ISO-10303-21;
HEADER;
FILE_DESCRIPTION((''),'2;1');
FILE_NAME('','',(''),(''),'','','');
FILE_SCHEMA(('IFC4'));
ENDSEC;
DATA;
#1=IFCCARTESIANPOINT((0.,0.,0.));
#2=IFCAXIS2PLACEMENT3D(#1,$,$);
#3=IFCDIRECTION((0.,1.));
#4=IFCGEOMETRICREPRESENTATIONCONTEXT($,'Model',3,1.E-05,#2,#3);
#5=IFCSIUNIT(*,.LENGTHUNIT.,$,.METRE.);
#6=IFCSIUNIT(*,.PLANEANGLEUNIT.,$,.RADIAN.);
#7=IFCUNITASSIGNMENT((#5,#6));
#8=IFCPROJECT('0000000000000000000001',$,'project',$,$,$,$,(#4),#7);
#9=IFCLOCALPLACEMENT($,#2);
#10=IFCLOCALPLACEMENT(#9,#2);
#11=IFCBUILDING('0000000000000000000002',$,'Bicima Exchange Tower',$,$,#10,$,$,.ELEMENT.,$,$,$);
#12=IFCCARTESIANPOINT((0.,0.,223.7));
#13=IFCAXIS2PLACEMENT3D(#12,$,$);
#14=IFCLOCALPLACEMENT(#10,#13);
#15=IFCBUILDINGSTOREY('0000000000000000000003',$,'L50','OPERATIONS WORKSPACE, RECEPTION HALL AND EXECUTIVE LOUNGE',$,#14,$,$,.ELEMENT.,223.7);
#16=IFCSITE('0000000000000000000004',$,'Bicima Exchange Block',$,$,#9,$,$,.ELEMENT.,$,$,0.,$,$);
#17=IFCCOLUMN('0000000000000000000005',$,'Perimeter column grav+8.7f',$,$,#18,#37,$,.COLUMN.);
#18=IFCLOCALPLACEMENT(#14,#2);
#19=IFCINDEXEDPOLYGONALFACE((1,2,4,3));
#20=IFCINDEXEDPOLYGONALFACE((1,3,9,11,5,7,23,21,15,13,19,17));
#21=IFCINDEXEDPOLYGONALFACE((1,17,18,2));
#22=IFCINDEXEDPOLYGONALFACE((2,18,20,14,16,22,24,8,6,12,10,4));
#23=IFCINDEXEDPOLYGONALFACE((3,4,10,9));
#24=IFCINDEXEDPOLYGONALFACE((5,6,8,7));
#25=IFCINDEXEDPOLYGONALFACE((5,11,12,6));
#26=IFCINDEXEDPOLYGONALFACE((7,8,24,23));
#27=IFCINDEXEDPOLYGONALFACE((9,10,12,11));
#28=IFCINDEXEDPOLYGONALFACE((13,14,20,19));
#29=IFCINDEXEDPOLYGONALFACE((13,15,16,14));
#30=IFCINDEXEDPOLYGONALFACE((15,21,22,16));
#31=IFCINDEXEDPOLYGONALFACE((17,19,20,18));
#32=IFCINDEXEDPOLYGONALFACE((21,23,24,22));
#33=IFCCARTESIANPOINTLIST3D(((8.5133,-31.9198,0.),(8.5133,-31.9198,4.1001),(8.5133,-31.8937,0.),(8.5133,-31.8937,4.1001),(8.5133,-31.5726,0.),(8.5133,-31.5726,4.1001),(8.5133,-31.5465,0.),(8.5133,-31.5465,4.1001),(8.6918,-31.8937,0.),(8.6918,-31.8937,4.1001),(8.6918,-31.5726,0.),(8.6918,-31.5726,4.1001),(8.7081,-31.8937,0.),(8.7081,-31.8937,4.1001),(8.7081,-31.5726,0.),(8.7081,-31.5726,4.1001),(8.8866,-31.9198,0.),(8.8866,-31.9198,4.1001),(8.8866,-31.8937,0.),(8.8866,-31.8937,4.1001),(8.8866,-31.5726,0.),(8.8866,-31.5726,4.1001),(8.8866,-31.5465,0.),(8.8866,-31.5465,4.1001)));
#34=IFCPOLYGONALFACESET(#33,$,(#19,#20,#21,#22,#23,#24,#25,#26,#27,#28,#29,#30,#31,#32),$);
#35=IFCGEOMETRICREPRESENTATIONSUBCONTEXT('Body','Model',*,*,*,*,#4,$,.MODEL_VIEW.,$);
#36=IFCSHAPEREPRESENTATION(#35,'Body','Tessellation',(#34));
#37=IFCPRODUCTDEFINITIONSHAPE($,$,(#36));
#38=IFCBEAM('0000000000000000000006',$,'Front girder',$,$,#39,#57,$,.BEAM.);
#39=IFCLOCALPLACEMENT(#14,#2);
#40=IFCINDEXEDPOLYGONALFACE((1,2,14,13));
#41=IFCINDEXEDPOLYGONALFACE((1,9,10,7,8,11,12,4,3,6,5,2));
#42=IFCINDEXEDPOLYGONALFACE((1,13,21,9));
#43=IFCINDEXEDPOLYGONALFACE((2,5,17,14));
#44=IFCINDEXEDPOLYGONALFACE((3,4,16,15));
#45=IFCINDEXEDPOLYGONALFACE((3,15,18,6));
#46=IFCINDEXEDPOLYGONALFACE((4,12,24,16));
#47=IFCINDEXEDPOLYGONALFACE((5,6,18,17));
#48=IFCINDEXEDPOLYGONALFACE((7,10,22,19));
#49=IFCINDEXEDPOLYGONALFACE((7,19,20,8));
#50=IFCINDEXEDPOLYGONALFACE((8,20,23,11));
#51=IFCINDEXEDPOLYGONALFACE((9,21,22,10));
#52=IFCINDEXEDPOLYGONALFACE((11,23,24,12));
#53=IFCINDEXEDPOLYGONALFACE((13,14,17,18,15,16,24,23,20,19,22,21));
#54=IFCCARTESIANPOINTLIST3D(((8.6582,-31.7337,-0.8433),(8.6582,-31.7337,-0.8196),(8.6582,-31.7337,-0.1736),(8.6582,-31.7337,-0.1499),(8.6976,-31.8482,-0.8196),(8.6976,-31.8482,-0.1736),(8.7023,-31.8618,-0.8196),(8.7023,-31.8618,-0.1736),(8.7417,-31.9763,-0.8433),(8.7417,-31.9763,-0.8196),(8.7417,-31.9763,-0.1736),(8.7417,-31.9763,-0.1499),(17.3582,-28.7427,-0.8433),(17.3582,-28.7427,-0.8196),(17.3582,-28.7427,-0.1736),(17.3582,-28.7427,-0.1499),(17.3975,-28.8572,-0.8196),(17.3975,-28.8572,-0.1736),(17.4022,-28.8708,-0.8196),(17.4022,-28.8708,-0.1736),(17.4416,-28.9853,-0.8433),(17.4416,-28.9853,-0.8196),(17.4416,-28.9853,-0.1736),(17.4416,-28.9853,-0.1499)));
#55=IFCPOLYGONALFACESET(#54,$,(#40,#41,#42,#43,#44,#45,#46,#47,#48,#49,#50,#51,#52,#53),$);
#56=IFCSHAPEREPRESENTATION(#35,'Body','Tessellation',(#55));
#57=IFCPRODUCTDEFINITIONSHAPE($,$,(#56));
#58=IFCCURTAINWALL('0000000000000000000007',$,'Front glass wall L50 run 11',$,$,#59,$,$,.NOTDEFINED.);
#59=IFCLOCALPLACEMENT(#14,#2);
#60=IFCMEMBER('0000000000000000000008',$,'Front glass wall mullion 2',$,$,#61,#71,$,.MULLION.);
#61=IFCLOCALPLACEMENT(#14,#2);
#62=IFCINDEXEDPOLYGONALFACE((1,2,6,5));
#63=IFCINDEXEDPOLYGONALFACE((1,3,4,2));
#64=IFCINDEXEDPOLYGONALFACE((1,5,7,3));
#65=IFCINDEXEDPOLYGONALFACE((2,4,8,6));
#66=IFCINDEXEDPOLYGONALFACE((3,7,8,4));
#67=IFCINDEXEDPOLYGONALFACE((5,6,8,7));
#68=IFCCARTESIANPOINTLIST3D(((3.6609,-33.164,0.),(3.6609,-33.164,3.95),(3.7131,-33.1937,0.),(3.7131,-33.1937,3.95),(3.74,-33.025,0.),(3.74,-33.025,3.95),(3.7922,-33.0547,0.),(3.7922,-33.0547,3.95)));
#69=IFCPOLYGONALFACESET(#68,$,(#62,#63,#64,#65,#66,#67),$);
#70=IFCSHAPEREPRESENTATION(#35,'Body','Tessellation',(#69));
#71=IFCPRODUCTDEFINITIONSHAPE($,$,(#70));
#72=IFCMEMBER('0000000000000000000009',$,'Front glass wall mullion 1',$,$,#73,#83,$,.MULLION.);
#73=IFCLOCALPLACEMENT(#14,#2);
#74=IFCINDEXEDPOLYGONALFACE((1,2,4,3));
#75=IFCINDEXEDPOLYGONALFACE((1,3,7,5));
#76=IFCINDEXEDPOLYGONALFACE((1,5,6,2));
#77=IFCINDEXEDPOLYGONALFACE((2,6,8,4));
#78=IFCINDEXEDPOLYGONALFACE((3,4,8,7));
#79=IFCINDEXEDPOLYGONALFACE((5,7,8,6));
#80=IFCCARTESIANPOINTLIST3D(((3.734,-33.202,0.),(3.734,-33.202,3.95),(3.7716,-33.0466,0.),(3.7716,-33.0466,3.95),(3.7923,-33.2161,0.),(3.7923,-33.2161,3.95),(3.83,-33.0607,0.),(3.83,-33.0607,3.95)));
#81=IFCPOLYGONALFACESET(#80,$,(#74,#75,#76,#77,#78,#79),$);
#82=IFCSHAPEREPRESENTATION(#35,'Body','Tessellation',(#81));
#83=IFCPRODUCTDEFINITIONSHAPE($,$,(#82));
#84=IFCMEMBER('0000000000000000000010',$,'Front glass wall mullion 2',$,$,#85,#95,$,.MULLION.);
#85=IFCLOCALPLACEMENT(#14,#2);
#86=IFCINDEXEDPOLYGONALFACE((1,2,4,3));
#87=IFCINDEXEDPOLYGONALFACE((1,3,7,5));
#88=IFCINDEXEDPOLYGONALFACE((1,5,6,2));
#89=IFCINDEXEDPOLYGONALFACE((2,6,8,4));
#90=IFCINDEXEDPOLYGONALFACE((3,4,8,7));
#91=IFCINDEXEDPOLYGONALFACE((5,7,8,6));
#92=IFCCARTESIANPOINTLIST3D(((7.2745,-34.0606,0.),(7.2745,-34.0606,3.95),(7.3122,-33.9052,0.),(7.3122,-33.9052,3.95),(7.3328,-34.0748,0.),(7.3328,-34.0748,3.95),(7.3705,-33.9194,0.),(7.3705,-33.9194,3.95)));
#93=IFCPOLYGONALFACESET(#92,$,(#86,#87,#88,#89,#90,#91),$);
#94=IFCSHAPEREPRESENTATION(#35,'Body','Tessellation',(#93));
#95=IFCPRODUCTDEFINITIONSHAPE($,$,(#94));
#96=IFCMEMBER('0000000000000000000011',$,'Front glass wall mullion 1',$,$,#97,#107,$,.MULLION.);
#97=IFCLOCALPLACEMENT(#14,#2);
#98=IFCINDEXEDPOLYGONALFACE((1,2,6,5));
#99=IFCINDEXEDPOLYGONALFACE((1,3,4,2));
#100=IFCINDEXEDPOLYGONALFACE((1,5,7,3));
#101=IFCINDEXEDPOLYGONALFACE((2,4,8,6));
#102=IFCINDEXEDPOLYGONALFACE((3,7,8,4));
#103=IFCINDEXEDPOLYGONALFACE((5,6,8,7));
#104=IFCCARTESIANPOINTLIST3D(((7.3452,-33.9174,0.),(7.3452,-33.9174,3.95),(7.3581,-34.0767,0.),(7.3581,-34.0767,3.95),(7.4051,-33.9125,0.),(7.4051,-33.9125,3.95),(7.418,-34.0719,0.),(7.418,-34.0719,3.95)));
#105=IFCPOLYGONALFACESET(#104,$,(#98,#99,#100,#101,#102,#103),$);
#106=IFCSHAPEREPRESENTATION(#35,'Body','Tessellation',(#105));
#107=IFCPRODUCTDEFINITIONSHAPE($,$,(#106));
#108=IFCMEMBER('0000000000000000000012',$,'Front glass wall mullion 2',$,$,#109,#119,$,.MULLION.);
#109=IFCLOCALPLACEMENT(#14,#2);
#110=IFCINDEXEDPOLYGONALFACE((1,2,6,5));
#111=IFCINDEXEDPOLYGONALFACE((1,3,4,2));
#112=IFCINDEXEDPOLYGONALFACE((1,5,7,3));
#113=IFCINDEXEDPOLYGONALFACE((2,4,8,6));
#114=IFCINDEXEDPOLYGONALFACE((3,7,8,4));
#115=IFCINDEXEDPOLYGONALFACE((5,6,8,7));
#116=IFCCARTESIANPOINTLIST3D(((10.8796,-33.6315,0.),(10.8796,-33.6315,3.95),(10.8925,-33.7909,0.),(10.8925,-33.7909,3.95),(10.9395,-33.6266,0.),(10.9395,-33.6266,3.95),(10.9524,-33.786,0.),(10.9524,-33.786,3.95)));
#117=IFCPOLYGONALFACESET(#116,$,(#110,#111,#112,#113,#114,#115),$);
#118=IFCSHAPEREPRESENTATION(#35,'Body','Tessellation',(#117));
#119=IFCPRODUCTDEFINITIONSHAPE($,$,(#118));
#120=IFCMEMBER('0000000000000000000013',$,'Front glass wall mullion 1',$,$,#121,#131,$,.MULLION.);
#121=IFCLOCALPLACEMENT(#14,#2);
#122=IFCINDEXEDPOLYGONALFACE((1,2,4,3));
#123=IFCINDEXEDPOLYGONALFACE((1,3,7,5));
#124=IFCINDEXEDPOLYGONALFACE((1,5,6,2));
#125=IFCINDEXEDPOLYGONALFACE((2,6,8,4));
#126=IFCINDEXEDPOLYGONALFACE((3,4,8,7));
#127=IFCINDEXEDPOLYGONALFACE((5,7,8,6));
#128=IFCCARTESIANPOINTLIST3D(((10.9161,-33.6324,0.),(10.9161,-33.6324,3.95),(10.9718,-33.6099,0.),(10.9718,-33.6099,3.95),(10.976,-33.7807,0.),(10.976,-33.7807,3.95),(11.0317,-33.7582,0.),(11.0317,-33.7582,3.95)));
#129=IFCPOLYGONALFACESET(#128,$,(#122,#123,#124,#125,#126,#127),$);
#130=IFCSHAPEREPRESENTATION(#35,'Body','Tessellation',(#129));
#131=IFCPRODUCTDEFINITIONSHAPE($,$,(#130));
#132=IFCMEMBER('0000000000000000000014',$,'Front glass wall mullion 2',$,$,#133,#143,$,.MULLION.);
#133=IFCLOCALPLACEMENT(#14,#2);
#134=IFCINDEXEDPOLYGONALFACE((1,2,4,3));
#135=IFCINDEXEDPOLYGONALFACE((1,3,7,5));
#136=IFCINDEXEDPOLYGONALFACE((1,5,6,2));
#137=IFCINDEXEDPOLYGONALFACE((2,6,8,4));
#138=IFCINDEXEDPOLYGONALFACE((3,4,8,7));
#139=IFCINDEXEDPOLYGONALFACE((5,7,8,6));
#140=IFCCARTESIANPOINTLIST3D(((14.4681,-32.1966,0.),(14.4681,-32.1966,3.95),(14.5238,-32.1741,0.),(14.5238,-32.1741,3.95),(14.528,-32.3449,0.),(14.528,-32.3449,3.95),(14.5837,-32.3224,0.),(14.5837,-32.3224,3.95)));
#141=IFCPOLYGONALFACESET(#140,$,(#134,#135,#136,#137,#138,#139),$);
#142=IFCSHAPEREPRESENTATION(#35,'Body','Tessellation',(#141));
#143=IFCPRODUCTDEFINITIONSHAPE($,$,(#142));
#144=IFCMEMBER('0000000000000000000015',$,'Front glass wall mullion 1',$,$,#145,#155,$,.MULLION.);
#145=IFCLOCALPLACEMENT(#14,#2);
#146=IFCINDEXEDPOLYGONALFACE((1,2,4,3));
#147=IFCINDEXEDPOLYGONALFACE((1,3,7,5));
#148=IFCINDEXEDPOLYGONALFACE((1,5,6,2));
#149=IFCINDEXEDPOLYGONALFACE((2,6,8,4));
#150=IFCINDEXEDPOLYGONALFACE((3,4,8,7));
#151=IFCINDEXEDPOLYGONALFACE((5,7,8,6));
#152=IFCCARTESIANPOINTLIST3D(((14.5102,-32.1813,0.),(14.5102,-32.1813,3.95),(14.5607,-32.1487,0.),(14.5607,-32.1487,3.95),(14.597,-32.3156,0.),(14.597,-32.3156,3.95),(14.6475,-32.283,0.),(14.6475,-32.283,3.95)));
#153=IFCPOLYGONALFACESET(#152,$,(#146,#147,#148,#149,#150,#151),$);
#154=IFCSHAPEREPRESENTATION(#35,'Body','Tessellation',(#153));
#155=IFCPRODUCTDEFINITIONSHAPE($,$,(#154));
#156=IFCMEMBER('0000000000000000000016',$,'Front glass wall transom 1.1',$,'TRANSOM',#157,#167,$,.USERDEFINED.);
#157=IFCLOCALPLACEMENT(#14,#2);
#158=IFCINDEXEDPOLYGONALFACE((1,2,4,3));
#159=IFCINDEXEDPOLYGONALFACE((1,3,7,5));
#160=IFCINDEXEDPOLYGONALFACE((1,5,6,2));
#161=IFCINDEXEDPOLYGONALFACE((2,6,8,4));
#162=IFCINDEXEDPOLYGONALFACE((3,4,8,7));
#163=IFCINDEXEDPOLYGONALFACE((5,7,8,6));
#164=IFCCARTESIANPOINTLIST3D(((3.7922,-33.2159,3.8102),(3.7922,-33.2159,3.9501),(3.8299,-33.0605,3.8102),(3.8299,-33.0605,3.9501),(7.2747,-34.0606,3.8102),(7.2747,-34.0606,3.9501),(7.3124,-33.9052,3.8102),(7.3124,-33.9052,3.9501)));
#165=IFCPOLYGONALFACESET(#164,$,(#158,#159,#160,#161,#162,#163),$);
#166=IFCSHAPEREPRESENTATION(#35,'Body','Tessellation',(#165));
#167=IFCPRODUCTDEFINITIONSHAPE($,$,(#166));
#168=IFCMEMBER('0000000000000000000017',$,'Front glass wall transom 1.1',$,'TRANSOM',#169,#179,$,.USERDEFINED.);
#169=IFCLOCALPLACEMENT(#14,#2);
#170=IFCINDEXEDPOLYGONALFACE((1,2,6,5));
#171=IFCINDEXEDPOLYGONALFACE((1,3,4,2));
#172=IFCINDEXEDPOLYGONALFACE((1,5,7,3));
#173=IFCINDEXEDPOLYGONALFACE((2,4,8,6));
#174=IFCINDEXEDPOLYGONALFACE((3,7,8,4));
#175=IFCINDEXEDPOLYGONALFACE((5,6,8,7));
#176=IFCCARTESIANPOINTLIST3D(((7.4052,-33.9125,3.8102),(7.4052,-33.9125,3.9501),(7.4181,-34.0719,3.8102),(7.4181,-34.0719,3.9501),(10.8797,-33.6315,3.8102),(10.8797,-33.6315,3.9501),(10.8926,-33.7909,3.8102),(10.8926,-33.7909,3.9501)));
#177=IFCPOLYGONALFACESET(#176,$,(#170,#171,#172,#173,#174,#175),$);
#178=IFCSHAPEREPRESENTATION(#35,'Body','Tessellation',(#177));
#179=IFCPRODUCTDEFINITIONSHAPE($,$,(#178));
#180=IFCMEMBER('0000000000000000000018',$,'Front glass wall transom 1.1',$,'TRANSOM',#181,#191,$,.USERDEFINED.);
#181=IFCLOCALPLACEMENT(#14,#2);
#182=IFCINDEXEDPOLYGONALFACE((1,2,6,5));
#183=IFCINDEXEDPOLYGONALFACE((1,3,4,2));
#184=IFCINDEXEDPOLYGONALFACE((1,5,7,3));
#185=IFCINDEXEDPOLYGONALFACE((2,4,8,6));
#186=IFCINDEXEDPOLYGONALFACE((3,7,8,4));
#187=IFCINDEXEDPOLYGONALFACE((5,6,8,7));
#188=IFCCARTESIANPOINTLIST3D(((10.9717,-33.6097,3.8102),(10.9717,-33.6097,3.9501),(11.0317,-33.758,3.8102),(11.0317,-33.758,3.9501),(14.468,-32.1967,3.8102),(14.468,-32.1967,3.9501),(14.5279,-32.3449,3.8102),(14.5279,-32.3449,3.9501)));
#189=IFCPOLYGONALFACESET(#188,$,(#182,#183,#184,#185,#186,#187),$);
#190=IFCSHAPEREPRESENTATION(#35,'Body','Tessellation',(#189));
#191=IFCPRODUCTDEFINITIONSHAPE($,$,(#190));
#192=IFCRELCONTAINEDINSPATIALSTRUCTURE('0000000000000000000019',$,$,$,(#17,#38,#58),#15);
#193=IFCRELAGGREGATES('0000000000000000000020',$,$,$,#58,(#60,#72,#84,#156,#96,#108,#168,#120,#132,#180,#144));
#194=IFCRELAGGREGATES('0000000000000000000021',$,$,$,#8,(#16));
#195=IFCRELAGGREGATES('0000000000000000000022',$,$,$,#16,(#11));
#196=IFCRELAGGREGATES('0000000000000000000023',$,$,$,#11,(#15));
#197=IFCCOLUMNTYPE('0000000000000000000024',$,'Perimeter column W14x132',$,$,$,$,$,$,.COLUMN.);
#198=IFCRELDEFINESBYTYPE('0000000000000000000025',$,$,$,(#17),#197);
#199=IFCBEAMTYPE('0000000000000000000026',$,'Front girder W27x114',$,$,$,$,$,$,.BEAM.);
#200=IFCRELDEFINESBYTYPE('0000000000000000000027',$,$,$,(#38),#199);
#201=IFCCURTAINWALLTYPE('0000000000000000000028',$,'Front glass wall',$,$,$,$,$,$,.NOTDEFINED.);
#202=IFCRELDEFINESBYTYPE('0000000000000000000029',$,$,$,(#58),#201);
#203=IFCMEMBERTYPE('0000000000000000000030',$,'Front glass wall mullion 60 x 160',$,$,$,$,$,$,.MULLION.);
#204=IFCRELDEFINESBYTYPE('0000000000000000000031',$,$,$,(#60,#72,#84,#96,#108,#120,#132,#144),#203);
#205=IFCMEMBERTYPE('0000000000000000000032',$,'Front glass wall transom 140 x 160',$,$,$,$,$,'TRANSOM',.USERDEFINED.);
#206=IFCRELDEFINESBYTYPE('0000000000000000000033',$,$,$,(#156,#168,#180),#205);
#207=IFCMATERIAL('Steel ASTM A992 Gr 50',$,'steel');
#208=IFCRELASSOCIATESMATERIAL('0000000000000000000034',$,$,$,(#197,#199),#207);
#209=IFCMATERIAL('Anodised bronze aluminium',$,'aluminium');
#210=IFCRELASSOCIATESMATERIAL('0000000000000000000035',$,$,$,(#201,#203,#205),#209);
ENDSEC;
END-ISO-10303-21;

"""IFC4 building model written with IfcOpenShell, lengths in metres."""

from ifc_helpers import new_model, si_unit, direction, frame, origin, origin_2d, place, context, subcontext, project, spatial, rectangle, i_section, extrude, material, material_profile, profile_set, type_object, element, aggregate, save


model = new_model("IFC4")

# Units and contexts
model_context = context("Model", 3, precision=1e-05, world=origin(), true_north=direction((0.0, 1.0)))
body_context = subcontext(model_context, "Body", "Model", "MODEL_VIEW")
ifc_project = project(units=[si_unit("LENGTHUNIT", "METRE"), si_unit("PLANEANGLEUNIT", "RADIAN")], contexts=[model_context])

# Site, building, storey
site_placement = place(None, origin())
site = spatial("IfcSite", under=ifc_project, at=site_placement, Name="Bicima Exchange Block", CompositionType="ELEMENT", RefElevation=0.0)
building_placement = place(site_placement, origin())
building = spatial("IfcBuilding", under=site, at=building_placement, Name="Bicima Exchange Tower", CompositionType="ELEMENT")
storey_placement = place(building_placement, frame((0.0, 0.0, 223.7)))
storey = spatial("IfcBuildingStorey", under=building, at=storey_placement, Name="L50", Description="OPERATIONS WORKSPACE, RECEPTION HALL AND EXECUTIVE LOUNGE", CompositionType="ELEMENT", Elevation=223.7)

# Column
ifc_material_1 = material(Name="Steel ASTM A992 Gr 50", Category="steel")
ifc_material_profile_1 = material_profile(ifc_material_1, i_section(OverallWidth=0.3733, OverallDepth=0.3733, WebThickness=0.0164, FlangeThickness=0.0261, at=origin_2d()))
ifc_profile_set_1 = profile_set([ifc_material_profile_1], Name="Steel ASTM A992 Gr 50")
column_type = type_object("IfcColumnType", Name="Perimeter column W14x132", PredefinedType="COLUMN", material=ifc_profile_set_1)
column_placement = place(storey_placement, frame((8.7, -31.7332, 0.0), z_axis=(0.0, 0.0, 1.0), x_axis=(1.0, 0.0, 0.0)))
element("IfcColumn", 1, at=column_placement, inside=storey, type_object=column_type, Name="Perimeter column grav+8.7f", PredefinedType="COLUMN", context=body_context, shape_type="SweptSolid", body=[
    extrude(i_section(OverallWidth=0.3733, OverallDepth=0.3733, WebThickness=0.0164, FlangeThickness=0.0261, at=origin_2d()), origin(), (0.0, 0.0, 1.0), 4.1001),
])

# Beam
ifc_material_profile_2 = material_profile(ifc_material_1, i_section(OverallWidth=0.2566, OverallDepth=0.6934, WebThickness=0.0144, FlangeThickness=0.0237, at=origin_2d()))
ifc_profile_set_2 = profile_set([ifc_material_profile_2], Name="Steel ASTM A992 Gr 50")
beam_type = type_object("IfcBeamType", Name="Front girder W27x114", PredefinedType="BEAM", material=ifc_profile_set_2)
beam_placement = place(storey_placement, frame((8.7, -31.855, -0.4966), z_axis=(0.945675, 0.325115, 0.0), x_axis=(-0.325115, 0.945675, 0.0)))
element("IfcBeam", 2, at=beam_placement, inside=storey, type_object=beam_type, Name="Front girder", PredefinedType="BEAM", context=body_context, shape_type="SweptSolid", body=[
    extrude(i_section(OverallWidth=0.2566, OverallDepth=0.6934, WebThickness=0.0144, FlangeThickness=0.0237, at=origin_2d()), origin(), (0.0, 0.0, 1.0), 9.1997),
])

# Curtain wall, members
ifc_material_2 = material(Name="Anodised bronze aluminium", Category="aluminium")
curtain_wall_type = type_object("IfcCurtainWallType", Name="Front glass wall", PredefinedType="NOTDEFINED", material=ifc_material_2)
curtain_wall_placement = place(storey_placement, origin())
curtain_wall = element("IfcCurtainWall", 3, at=curtain_wall_placement, inside=storey, type_object=curtain_wall_type, Name="Front glass wall L50 run 11", PredefinedType="NOTDEFINED")
ifc_material_profile_3 = material_profile(ifc_material_2, rectangle(XDim=0.1599, YDim=0.0601, at=origin_2d()))
ifc_profile_set_3 = profile_set([ifc_material_profile_3], Name="Anodised bronze aluminium")
member_type_1 = type_object("IfcMemberType", Name="Front glass wall mullion 60 x 160", PredefinedType="MULLION", material=ifc_profile_set_3)
member_1_placement = place(storey_placement, frame((3.7266, -33.1094, 0.0), z_axis=(0.0, 0.0, 1.0), x_axis=(0.49433, 0.869274, 0.0)))
member_1 = element("IfcMember", 4, at=member_1_placement, type_object=member_type_1, Name="Front glass wall mullion 2", PredefinedType="MULLION", context=body_context, shape_type="SweptSolid", body=[
    extrude(rectangle(XDim=0.1599, YDim=0.0601, at=origin_2d()), origin(), (0.0, 0.0, 1.0), 3.95),
])
member_2_placement = place(storey_placement, frame((3.782, -33.1313, 0.0), z_axis=(0.0, 0.0, 1.0), x_axis=(0.235682, 0.97183, 0.0)))
member_2 = element("IfcMember", 5, at=member_2_placement, type_object=member_type_1, Name="Front glass wall mullion 1", PredefinedType="MULLION", context=body_context, shape_type="SweptSolid", body=[
    extrude(rectangle(XDim=0.1599, YDim=0.0601, at=origin_2d()), origin(), (0.0, 0.0, 1.0), 3.95),
])
member_3_placement = place(storey_placement, frame((7.3225, -33.99, 0.0), z_axis=(0.0, 0.0, 1.0), x_axis=(0.235682, 0.97183, 0.0)))
member_3 = element("IfcMember", 6, at=member_3_placement, type_object=member_type_1, Name="Front glass wall mullion 2", PredefinedType="MULLION", context=body_context, shape_type="SweptSolid", body=[
    extrude(rectangle(XDim=0.1599, YDim=0.0601, at=origin_2d()), origin(), (0.0, 0.0, 1.0), 3.95),
])
member_4_placement = place(storey_placement, frame((7.3816, -33.9946, 0.0), z_axis=(0.0, 0.0, 1.0), x_axis=(-0.080589, 0.996747, 0.0)))
member_4 = element("IfcMember", 7, at=member_4_placement, type_object=member_type_1, Name="Front glass wall mullion 1", PredefinedType="MULLION", context=body_context, shape_type="SweptSolid", body=[
    extrude(rectangle(XDim=0.1599, YDim=0.0601, at=origin_2d()), origin(), (0.0, 0.0, 1.0), 3.95),
])
member_5_placement = place(storey_placement, frame((10.916, -33.7087, 0.0), z_axis=(0.0, 0.0, 1.0), x_axis=(-0.080589, 0.996747, 0.0)))
member_5 = element("IfcMember", 8, at=member_5_placement, type_object=member_type_1, Name="Front glass wall mullion 2", PredefinedType="MULLION", context=body_context, shape_type="SweptSolid", body=[
    extrude(rectangle(XDim=0.1599, YDim=0.0601, at=origin_2d()), origin(), (0.0, 0.0, 1.0), 3.95),
])
member_6_placement = place(storey_placement, frame((10.9739, -33.6953, 0.0), z_axis=(0.0, 0.0, 1.0), x_axis=(-0.374705, 0.927144, 0.0)))
member_6 = element("IfcMember", 9, at=member_6_placement, type_object=member_type_1, Name="Front glass wall mullion 1", PredefinedType="MULLION", context=body_context, shape_type="SweptSolid", body=[
    extrude(rectangle(XDim=0.1599, YDim=0.0601, at=origin_2d()), origin(), (0.0, 0.0, 1.0), 3.95),
])
member_7_placement = place(storey_placement, frame((14.5259, -32.2595, 0.0), z_axis=(0.0, 0.0, 1.0), x_axis=(-0.374705, 0.927144, 0.0)))
member_7 = element("IfcMember", 10, at=member_7_placement, type_object=member_type_1, Name="Front glass wall mullion 2", PredefinedType="MULLION", context=body_context, shape_type="SweptSolid", body=[
    extrude(rectangle(XDim=0.1599, YDim=0.0601, at=origin_2d()), origin(), (0.0, 0.0, 1.0), 3.95),
])
member_8_placement = place(storey_placement, frame((14.5789, -32.2322, 0.0), z_axis=(0.0, 0.0, 1.0), x_axis=(-0.542909, 0.839791, 0.0)))
member_8 = element("IfcMember", 11, at=member_8_placement, type_object=member_type_1, Name="Front glass wall mullion 1", PredefinedType="MULLION", context=body_context, shape_type="SweptSolid", body=[
    extrude(rectangle(XDim=0.1599, YDim=0.0601, at=origin_2d()), origin(), (0.0, 0.0, 1.0), 3.95),
])
ifc_material_profile_4 = material_profile(ifc_material_2, rectangle(XDim=0.1599, YDim=0.1399, at=origin_2d()))
ifc_profile_set_4 = profile_set([ifc_material_profile_4], Name="Anodised bronze aluminium")
member_type_2 = type_object("IfcMemberType", Name="Front glass wall transom 140 x 160", ElementType="TRANSOM", PredefinedType="USERDEFINED", material=ifc_profile_set_4)
member_9_placement = place(storey_placement, frame((3.811, -33.1382, 3.8801), z_axis=(0.971818, -0.235733, 0.0), x_axis=(0.235733, 0.971818, 0.0)))
member_9 = element("IfcMember", 12, at=member_9_placement, type_object=member_type_2, Name="Front glass wall transom 1.1", ObjectType="TRANSOM", PredefinedType="USERDEFINED", context=body_context, shape_type="SweptSolid", body=[
    extrude(rectangle(XDim=0.1599, YDim=0.1399, at=origin_2d()), origin(), (0.0, 0.0, 1.0), 3.5835),
])
member_10_placement = place(storey_placement, frame((7.4116, -33.9922, 3.8801), z_axis=(0.996746, 0.080611, 0.0), x_axis=(-0.080611, 0.996746, 0.0)))
member_10 = element("IfcMember", 13, at=member_10_placement, type_object=member_type_2, Name="Front glass wall transom 1.1", ObjectType="TRANSOM", PredefinedType="USERDEFINED", context=body_context, shape_type="SweptSolid", body=[
    extrude(rectangle(XDim=0.1599, YDim=0.1399, at=origin_2d()), origin(), (0.0, 0.0, 1.0), 3.4858),
])
member_11_placement = place(storey_placement, frame((11.0017, -33.6838, 3.8801), z_axis=(0.92714, 0.374715, 0.0), x_axis=(-0.374715, 0.92714, 0.0)))
member_11 = element("IfcMember", 14, at=member_11_placement, type_object=member_type_2, Name="Front glass wall transom 1.1", ObjectType="TRANSOM", PredefinedType="USERDEFINED", context=body_context, shape_type="SweptSolid", body=[
    extrude(rectangle(XDim=0.1599, YDim=0.1399, at=origin_2d()), origin(), (0.0, 0.0, 1.0), 3.771),
])
aggregate(curtain_wall, [member_1, member_2, member_3, member_9, member_4, member_5, member_10, member_6, member_7, member_11, member_8])

save(model, "model.ifc")
